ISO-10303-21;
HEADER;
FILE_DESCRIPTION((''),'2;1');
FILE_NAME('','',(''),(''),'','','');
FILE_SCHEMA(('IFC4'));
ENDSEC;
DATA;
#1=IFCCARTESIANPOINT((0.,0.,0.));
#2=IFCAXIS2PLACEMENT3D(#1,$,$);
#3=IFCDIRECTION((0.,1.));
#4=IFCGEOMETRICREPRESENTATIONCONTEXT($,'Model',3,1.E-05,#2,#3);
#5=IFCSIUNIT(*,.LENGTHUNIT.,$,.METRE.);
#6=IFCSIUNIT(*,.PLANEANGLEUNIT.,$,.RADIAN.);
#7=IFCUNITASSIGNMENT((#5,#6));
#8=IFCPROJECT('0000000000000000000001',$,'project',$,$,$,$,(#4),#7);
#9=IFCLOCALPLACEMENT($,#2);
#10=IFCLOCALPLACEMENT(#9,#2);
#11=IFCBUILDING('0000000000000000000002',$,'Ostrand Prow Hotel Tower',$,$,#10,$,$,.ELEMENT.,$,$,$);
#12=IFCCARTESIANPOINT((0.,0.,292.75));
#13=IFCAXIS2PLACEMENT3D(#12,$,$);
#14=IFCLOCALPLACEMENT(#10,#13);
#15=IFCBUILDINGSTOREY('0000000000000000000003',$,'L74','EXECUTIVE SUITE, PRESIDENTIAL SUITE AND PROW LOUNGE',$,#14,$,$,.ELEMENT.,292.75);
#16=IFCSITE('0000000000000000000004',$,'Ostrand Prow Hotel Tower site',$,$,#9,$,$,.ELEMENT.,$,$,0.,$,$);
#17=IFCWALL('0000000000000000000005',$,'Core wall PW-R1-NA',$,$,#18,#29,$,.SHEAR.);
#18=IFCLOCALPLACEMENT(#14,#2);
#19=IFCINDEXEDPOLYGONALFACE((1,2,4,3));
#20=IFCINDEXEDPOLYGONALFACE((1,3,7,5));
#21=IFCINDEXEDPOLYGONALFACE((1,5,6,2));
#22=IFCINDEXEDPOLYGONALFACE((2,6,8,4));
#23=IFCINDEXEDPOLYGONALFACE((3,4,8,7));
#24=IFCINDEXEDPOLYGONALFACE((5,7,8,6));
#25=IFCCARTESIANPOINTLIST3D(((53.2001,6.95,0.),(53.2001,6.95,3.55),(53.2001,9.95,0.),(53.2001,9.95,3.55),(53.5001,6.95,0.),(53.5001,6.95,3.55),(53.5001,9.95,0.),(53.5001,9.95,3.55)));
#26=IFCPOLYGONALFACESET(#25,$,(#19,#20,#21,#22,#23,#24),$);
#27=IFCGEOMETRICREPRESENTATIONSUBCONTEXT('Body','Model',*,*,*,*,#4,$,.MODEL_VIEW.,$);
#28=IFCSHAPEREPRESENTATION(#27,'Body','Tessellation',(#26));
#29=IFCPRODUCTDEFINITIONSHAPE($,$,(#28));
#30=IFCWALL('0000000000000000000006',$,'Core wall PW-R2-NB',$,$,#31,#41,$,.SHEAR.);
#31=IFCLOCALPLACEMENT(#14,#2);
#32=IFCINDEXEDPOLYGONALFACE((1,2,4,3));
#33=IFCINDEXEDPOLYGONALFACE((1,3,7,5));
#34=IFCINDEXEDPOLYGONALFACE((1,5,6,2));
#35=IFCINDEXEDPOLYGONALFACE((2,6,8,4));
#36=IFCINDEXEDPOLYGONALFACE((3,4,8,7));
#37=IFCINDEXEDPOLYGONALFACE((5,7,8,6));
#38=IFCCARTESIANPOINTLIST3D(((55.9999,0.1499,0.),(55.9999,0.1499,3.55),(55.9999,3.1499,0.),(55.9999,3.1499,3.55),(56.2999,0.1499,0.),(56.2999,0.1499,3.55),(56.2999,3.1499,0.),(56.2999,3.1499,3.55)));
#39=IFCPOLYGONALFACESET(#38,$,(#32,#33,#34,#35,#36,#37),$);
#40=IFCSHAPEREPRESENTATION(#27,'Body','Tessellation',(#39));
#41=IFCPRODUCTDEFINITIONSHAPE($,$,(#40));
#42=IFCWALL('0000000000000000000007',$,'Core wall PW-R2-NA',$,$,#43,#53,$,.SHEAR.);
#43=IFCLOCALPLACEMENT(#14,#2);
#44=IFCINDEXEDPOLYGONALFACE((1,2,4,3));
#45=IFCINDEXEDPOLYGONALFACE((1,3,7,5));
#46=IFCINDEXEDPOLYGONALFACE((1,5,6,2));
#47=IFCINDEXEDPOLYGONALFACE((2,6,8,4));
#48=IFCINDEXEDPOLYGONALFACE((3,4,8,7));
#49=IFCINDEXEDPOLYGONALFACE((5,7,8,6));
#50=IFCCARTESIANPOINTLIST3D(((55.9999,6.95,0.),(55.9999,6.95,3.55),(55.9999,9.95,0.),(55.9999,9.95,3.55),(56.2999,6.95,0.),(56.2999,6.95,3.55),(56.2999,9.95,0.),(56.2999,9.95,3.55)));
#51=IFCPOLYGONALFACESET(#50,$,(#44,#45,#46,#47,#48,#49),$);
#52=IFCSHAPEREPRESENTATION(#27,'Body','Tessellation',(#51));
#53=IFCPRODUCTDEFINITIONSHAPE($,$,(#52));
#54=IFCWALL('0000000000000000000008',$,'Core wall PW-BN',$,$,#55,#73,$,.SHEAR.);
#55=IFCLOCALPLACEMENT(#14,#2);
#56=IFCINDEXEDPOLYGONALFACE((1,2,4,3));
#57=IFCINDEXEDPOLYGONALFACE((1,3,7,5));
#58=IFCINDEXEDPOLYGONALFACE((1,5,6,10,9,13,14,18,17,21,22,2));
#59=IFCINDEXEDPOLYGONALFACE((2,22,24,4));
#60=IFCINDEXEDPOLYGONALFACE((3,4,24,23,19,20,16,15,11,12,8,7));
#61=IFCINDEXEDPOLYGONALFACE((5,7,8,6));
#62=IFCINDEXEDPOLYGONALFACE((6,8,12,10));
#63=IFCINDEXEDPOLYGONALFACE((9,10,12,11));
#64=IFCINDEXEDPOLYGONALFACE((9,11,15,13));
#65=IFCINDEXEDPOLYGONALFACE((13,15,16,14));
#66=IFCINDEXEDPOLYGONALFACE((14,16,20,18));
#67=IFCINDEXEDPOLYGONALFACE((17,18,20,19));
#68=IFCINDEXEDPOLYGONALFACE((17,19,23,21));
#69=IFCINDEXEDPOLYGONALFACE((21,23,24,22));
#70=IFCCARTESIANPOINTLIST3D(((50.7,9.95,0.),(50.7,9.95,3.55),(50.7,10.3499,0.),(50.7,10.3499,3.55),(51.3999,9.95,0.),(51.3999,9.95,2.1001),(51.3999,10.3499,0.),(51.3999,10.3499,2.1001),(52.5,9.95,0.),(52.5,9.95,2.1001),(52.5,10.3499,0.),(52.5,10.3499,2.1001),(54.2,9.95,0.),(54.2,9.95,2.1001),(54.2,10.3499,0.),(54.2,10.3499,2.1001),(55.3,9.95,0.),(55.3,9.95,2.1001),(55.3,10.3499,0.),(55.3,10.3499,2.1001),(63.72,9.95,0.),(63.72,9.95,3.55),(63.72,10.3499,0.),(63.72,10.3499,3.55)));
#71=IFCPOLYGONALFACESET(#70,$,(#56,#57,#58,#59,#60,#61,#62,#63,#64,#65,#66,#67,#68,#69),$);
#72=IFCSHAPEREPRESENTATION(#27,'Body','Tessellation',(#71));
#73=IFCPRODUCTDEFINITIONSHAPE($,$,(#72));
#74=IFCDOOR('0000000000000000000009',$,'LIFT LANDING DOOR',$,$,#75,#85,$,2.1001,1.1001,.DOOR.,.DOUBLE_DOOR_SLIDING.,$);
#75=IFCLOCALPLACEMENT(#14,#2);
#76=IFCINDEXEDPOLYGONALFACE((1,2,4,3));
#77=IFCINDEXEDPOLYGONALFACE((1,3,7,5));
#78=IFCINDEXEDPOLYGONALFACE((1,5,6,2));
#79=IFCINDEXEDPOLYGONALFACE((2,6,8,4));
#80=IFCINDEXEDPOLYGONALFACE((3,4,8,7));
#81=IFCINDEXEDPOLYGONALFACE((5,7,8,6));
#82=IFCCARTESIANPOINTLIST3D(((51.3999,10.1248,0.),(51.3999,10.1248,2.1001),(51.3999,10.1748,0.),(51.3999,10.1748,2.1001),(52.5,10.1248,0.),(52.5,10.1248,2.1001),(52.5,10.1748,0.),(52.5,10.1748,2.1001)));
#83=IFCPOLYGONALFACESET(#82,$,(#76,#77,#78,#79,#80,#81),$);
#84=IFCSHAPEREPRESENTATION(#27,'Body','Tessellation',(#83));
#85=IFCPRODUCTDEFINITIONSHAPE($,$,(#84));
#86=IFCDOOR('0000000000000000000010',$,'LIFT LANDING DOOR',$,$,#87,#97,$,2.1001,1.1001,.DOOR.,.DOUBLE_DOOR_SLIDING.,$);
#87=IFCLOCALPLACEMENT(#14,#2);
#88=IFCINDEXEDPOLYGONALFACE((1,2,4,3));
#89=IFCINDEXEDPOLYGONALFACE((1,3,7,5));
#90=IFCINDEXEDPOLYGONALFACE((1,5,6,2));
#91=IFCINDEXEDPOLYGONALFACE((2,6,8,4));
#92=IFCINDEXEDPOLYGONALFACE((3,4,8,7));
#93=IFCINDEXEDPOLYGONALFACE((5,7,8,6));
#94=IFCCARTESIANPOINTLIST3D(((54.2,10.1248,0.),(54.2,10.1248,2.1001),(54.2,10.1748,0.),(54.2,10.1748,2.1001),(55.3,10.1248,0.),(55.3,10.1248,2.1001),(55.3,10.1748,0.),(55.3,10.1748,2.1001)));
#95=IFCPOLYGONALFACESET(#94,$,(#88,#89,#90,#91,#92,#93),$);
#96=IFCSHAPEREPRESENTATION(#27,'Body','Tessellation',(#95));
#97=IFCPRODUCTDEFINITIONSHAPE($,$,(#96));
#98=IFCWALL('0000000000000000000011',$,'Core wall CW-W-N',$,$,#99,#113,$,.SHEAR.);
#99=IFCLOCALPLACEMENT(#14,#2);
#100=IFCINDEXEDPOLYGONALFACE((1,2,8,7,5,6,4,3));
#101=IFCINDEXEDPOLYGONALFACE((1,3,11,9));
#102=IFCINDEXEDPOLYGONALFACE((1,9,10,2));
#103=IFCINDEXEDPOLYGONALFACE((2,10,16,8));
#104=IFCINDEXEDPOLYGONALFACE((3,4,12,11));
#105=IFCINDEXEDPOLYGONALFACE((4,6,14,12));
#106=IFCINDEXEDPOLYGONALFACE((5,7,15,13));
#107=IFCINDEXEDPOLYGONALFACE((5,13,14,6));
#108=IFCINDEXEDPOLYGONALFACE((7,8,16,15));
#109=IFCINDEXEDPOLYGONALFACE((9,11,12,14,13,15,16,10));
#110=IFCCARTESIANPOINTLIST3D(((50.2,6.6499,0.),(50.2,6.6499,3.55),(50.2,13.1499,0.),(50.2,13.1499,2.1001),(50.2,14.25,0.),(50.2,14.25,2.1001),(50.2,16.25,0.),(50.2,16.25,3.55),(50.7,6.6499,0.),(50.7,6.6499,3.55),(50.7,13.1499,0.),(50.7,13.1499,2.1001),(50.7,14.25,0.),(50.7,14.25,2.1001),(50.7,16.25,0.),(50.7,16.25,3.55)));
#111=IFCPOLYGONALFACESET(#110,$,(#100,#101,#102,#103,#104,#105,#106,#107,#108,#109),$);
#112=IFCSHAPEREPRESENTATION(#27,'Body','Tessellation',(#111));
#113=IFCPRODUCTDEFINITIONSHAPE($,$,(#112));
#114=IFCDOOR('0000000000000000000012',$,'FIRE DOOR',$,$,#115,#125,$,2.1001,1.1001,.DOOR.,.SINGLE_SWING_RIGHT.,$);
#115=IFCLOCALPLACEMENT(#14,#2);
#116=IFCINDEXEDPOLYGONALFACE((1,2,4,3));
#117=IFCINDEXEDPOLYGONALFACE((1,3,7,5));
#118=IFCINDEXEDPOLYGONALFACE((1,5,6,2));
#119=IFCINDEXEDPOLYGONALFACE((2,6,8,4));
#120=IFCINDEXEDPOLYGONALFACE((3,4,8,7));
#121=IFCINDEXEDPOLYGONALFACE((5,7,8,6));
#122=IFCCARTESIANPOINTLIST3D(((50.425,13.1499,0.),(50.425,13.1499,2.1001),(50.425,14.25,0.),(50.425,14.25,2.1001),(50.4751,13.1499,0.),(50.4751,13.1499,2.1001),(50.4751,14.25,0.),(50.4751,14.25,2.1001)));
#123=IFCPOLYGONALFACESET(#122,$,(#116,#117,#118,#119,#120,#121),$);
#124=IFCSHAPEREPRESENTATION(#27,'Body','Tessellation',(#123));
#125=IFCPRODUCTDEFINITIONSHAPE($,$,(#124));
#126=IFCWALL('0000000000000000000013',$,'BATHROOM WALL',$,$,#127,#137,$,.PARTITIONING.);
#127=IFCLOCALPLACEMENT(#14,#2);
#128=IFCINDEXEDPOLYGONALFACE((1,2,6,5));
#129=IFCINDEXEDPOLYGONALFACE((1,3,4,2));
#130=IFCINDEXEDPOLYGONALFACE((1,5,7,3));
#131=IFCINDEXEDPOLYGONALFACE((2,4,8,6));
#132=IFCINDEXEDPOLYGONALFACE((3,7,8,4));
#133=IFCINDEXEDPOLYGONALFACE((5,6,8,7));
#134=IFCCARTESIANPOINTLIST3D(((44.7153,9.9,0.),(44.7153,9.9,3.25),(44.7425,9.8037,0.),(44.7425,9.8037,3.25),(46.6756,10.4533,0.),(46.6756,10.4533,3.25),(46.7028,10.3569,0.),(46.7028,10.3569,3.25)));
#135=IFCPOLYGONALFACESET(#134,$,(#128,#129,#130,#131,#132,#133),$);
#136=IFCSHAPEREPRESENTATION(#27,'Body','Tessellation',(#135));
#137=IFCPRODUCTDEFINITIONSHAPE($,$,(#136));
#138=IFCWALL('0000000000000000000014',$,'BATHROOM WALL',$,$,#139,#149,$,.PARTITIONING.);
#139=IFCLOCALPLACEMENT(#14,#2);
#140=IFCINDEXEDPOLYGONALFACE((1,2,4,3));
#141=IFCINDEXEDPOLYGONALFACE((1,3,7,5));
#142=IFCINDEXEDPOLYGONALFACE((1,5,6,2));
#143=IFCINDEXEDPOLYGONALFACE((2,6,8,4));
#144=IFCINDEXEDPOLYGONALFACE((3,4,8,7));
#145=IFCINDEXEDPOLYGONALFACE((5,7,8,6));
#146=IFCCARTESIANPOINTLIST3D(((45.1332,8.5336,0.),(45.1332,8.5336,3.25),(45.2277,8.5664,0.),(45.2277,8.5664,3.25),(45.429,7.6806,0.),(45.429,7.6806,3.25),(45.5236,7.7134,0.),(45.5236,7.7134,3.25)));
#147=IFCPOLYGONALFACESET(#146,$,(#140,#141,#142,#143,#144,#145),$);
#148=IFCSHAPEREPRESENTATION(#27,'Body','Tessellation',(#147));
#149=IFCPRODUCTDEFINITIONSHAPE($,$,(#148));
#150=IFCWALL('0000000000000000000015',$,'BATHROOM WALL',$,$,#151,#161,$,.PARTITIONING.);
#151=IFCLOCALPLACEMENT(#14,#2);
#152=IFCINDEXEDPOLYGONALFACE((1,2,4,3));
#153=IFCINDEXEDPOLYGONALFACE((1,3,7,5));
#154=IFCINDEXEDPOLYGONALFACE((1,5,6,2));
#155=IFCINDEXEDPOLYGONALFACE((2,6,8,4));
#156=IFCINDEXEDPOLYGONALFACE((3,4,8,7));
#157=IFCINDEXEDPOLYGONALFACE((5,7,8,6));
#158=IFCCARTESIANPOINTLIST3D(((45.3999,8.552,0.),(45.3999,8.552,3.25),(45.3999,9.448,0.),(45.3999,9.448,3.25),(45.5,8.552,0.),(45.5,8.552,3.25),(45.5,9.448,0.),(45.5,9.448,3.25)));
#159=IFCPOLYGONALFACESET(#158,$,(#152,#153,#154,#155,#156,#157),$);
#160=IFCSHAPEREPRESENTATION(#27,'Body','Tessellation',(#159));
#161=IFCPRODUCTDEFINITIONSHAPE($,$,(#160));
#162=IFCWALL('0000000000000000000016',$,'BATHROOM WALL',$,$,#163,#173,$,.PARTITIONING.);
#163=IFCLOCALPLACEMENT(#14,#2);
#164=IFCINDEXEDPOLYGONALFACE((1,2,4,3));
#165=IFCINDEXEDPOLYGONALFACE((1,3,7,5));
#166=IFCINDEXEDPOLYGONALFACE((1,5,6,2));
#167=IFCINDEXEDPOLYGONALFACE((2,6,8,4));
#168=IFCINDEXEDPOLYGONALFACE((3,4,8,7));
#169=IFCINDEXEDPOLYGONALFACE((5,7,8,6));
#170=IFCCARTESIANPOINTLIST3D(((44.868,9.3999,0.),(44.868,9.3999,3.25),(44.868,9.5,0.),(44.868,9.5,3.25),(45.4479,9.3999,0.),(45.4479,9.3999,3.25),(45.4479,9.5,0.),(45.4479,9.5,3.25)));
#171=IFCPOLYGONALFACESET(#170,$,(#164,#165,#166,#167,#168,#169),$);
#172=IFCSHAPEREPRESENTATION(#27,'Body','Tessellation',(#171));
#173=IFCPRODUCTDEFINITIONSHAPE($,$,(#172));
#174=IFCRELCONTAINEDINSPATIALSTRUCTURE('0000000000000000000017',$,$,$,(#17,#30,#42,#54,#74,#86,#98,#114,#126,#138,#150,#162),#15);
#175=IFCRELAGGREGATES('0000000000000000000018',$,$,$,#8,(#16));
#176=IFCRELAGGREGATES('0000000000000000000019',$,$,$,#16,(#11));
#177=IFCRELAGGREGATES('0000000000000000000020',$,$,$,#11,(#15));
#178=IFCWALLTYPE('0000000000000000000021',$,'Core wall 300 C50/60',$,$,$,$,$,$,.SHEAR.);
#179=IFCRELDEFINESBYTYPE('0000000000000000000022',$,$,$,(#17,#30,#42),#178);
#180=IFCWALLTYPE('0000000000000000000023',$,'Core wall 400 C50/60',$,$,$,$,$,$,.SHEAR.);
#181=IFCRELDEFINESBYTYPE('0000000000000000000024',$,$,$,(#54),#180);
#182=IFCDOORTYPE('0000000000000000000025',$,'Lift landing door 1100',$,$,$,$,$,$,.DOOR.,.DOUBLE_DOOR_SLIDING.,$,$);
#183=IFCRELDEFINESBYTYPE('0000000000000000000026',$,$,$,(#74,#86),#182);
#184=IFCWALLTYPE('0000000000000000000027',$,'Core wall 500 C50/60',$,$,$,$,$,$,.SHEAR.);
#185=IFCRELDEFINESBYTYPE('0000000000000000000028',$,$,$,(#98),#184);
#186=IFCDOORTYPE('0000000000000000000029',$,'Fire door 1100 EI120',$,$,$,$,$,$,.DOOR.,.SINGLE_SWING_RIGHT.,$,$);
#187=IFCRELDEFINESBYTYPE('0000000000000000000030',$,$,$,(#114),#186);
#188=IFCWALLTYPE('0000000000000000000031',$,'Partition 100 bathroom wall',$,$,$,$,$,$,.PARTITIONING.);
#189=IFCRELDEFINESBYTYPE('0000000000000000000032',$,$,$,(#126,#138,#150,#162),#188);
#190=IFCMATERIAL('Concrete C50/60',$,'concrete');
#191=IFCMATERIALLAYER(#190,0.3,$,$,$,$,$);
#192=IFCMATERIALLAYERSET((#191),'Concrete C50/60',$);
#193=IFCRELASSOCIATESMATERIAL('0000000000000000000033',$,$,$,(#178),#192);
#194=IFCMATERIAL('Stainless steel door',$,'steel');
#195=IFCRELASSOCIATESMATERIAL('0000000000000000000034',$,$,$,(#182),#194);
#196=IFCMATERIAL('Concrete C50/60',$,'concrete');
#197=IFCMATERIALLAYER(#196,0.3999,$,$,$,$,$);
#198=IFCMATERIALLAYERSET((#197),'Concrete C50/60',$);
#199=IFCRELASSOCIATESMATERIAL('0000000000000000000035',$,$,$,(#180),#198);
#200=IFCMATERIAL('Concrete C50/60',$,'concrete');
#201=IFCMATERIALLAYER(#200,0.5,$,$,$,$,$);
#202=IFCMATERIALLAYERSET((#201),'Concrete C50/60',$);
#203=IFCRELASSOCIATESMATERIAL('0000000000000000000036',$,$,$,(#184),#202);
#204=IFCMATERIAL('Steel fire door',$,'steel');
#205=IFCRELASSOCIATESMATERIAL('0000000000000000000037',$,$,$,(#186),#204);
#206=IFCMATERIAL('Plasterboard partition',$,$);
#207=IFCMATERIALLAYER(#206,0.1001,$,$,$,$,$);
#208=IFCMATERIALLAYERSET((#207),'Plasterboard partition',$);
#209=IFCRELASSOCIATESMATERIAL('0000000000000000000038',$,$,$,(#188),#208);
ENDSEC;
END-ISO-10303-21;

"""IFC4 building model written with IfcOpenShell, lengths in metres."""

from ifc_helpers import new_model, si_unit, direction, frame, frame_2d, origin, place, context, subcontext, project, spatial, rectangle, extrude, material, layer, layer_set, type_object, element, fill, save


model = new_model("IFC4")

# Units and contexts
model_context = context("Model", 3, precision=1e-05, world=origin(), true_north=direction((0.0, 1.0)))
body_context = subcontext(model_context, "Body", "Model", "MODEL_VIEW")
ifc_project = project(units=[si_unit("LENGTHUNIT", "METRE"), si_unit("PLANEANGLEUNIT", "RADIAN")], contexts=[model_context])

# Site, building, storey
site_placement = place(None, origin())
site = spatial("IfcSite", under=ifc_project, at=site_placement, Name="Ostrand Prow Hotel Tower site", CompositionType="ELEMENT", RefElevation=0.0)
building_placement = place(site_placement, origin())
building = spatial("IfcBuilding", under=site, at=building_placement, Name="Ostrand Prow Hotel Tower", CompositionType="ELEMENT")
storey_placement = place(building_placement, frame((0.0, 0.0, 292.75)))
storey = spatial("IfcBuildingStorey", under=building, at=storey_placement, Name="L74", Description="EXECUTIVE SUITE, PRESIDENTIAL SUITE AND PROW LOUNGE", CompositionType="ELEMENT", Elevation=292.75)

# Shared definitions
ifc_material_1 = material(Name="Concrete C50/60", Category="concrete")
ifc_layer_1 = layer(ifc_material_1, 0.3)
ifc_layer_set_1 = layer_set([ifc_layer_1], Name="Concrete C50/60")
wall_type_1 = type_object("IfcWallType", Name="Core wall 300 C50/60", PredefinedType="SHEAR", material=ifc_layer_set_1)
ifc_material_2 = material(Name="Stainless steel door", Category="steel")
door_type_1 = type_object("IfcDoorType", Name="Lift landing door 1100", OperationType="DOUBLE_DOOR_SLIDING", PredefinedType="DOOR", material=ifc_material_2)

# Walls
for number, where, z_axis, x_axis, name in (
    (1, (53.3501, 6.95, 0.0), (0.0, 0.0, 1.0), (0.0, 1.0, 0.0), "Core wall PW-R1-NA"),
    (2, (56.1499, 0.1499, 0.0), (0.0, 0.0, 1.0), (0.0, 1.0, 0.0), "Core wall PW-R2-NB"),
    (3, (56.1499, 6.95, 0.0), (0.0, 0.0, 1.0), (0.0, 1.0, 0.0), "Core wall PW-R2-NA"),
):
    element("IfcWall", number, at=place(storey_placement, frame(where, z_axis=z_axis, x_axis=x_axis)), inside=storey, type_object=wall_type_1, Name=name, PredefinedType="SHEAR", context=body_context, shape_type="SweptSolid", body=[
        extrude(rectangle(XDim=3.0, YDim=0.3, at=frame_2d((1.5, 0.0))), origin(), (0.0, 0.0, 1.0), 3.55),
    ])

# Wall, openings, doors
ifc_material_3 = material(Name="Concrete C50/60", Category="concrete")
ifc_layer_2 = layer(ifc_material_3, 0.3999)
ifc_layer_set_2 = layer_set([ifc_layer_2], Name="Concrete C50/60")
wall_type_2 = type_object("IfcWallType", Name="Core wall 400 C50/60", PredefinedType="SHEAR", material=ifc_layer_set_2)
wall_1_placement = place(storey_placement, frame((50.7, 10.1499, 0.0), z_axis=(0.0, 0.0, 1.0), x_axis=(1.0, 0.0, 0.0)))
wall_1 = element("IfcWall", 4, at=wall_1_placement, inside=storey, type_object=wall_type_2, Name="Core wall PW-BN", PredefinedType="SHEAR", context=body_context, shape_type="SweptSolid", body=[
    extrude(rectangle(XDim=13.02, YDim=0.3999, at=frame_2d((6.51, 0.0))), origin(), (0.0, 0.0, 1.0), 3.55),
])
opening_1_placement = place(wall_1_placement, frame((0.7, 0.0, 0.0)))
opening_1 = element("IfcOpeningElement", 5, at=opening_1_placement, cuts=wall_1, PredefinedType="OPENING", context=body_context, shape_type="SweptSolid", body=[
    extrude(rectangle(XDim=1.1001, YDim=2.1001, at=frame_2d((0.55, 1.05))), frame((0.0, 0.21, 0.0), z_axis=(0.0, -1.0, 0.0), x_axis=(1.0, 0.0, 0.0)), (0.0, 0.0, 1.0), 0.4199),
])
opening_2_placement = place(wall_1_placement, frame((3.5, 0.0, 0.0)))
opening_2 = element("IfcOpeningElement", 6, at=opening_2_placement, cuts=wall_1, PredefinedType="OPENING", context=body_context, shape_type="SweptSolid", body=[
    extrude(rectangle(XDim=1.1001, YDim=2.1001, at=frame_2d((0.55, 1.05))), frame((0.0, 0.21, 0.0), z_axis=(0.0, -1.0, 0.0), x_axis=(1.0, 0.0, 0.0)), (0.0, 0.0, 1.0), 0.4199),
])
door_1_placement = place(opening_1_placement, origin())
door_1 = element("IfcDoor", 7, at=door_1_placement, inside=storey, type_object=door_type_1, Name="LIFT LANDING DOOR", OperationType="DOUBLE_DOOR_SLIDING", OverallHeight=2.1001, OverallWidth=1.1001, PredefinedType="DOOR", context=body_context, shape_type="SweptSolid", body=[
    extrude(rectangle(XDim=1.1001, YDim=2.1001, at=frame_2d((0.55, 1.05))), frame((0.0, 0.0249, 0.0), z_axis=(0.0, -1.0, 0.0), x_axis=(1.0, 0.0, 0.0)), (0.0, 0.0, 1.0), 0.05),
])
fill(opening_1, door_1)
door_2_placement = place(opening_2_placement, origin())
door_2 = element("IfcDoor", 8, at=door_2_placement, inside=storey, type_object=door_type_1, Name="LIFT LANDING DOOR", OperationType="DOUBLE_DOOR_SLIDING", OverallHeight=2.1001, OverallWidth=1.1001, PredefinedType="DOOR", context=body_context, shape_type="SweptSolid", body=[
    extrude(rectangle(XDim=1.1001, YDim=2.1001, at=frame_2d((0.55, 1.05))), frame((0.0, 0.0249, 0.0), z_axis=(0.0, -1.0, 0.0), x_axis=(1.0, 0.0, 0.0)), (0.0, 0.0, 1.0), 0.05),
])
fill(opening_2, door_2)

# Wall, opening, door
ifc_material_4 = material(Name="Concrete C50/60", Category="concrete")
ifc_layer_3 = layer(ifc_material_4, 0.5)
ifc_layer_set_3 = layer_set([ifc_layer_3], Name="Concrete C50/60")
wall_type_3 = type_object("IfcWallType", Name="Core wall 500 C50/60", PredefinedType="SHEAR", material=ifc_layer_set_3)
wall_2_placement = place(storey_placement, frame((50.45, 6.6499, 0.0), z_axis=(0.0, 0.0, 1.0), x_axis=(0.0, 1.0, 0.0)))
wall_2 = element("IfcWall", 9, at=wall_2_placement, inside=storey, type_object=wall_type_3, Name="Core wall CW-W-N", PredefinedType="SHEAR", context=body_context, shape_type="SweptSolid", body=[
    extrude(rectangle(XDim=9.6001, YDim=0.5, at=frame_2d((4.8, 0.0))), origin(), (0.0, 0.0, 1.0), 3.55),
])
opening_3_placement = place(wall_2_placement, frame((6.5, 0.0, 0.0)))
opening_3 = element("IfcOpeningElement", 10, at=opening_3_placement, cuts=wall_2, PredefinedType="OPENING", context=body_context, shape_type="SweptSolid", body=[
    extrude(rectangle(XDim=1.1001, YDim=2.1001, at=frame_2d((0.55, 1.05))), frame((0.0, 0.26, 0.0), z_axis=(0.0, -1.0, 0.0), x_axis=(1.0, 0.0, 0.0)), (0.0, 0.0, 1.0), 0.52),
])
ifc_material_5 = material(Name="Steel fire door", Category="steel")
door_type_2 = type_object("IfcDoorType", Name="Fire door 1100 EI120", OperationType="SINGLE_SWING_RIGHT", PredefinedType="DOOR", material=ifc_material_5)
door_3_placement = place(opening_3_placement, origin())
door_3 = element("IfcDoor", 11, at=door_3_placement, inside=storey, type_object=door_type_2, Name="FIRE DOOR", OperationType="SINGLE_SWING_RIGHT", OverallHeight=2.1001, OverallWidth=1.1001, PredefinedType="DOOR", context=body_context, shape_type="SweptSolid", body=[
    extrude(rectangle(XDim=1.1001, YDim=2.1001, at=frame_2d((0.55, 1.05))), frame((0.0, 0.0249, 0.0), z_axis=(0.0, -1.0, 0.0), x_axis=(1.0, 0.0, 0.0)), (0.0, 0.0, 1.0), 0.05),
])
fill(opening_3, door_3)

# Walls
ifc_material_6 = material(Name="Plasterboard partition")
ifc_layer_4 = layer(ifc_material_6, 0.1001)
ifc_layer_set_4 = layer_set([ifc_layer_4], Name="Plasterboard partition")
wall_type_4 = type_object("IfcWallType", Name="Partition 100 bathroom wall", PredefinedType="PARTITIONING", material=ifc_layer_set_4)
wall_3_placement = place(storey_placement, frame((44.7288, 9.8518, 0.0), z_axis=(0.0, 0.0, 1.0), x_axis=(0.962405, 0.271617, 0.0)))
element("IfcWall", 12, at=wall_3_placement, inside=storey, type_object=wall_type_4, Name="BATHROOM WALL", PredefinedType="PARTITIONING", context=body_context, shape_type="SweptSolid", body=[
    extrude(rectangle(XDim=2.0369, YDim=0.1001, at=frame_2d((1.0186, 0.0))), origin(), (0.0, 0.0, 1.0), 3.25),
])
wall_4_placement = place(storey_placement, frame((45.4763, 7.697, 0.0), z_axis=(0.0, 0.0, 1.0), x_axis=(-0.327723, 0.944774, 0.0)))
element("IfcWall", 13, at=wall_4_placement, inside=storey, type_object=wall_type_4, Name="BATHROOM WALL", PredefinedType="PARTITIONING", context=body_context, shape_type="SweptSolid", body=[
    extrude(rectangle(XDim=0.9028, YDim=0.1001, at=frame_2d((0.4514, 0.0))), origin(), (0.0, 0.0, 1.0), 3.25),
])
wall_5_placement = place(storey_placement, frame((45.45, 8.552, 0.0), z_axis=(0.0, 0.0, 1.0), x_axis=(0.0, 1.0, 0.0)))
element("IfcWall", 14, at=wall_5_placement, inside=storey, type_object=wall_type_4, Name="BATHROOM WALL", PredefinedType="PARTITIONING", context=body_context, shape_type="SweptSolid", body=[
    extrude(rectangle(XDim=0.896, YDim=0.1001, at=frame_2d((0.448, 0.0))), origin(), (0.0, 0.0, 1.0), 3.25),
])
wall_6_placement = place(storey_placement, frame((45.448, 9.45, 0.0), z_axis=(0.0, 0.0, 1.0), x_axis=(-1.0, 0.0, 0.0)))
element("IfcWall", 15, at=wall_6_placement, inside=storey, type_object=wall_type_4, Name="BATHROOM WALL", PredefinedType="PARTITIONING", context=body_context, shape_type="SweptSolid", body=[
    extrude(rectangle(XDim=0.5798, YDim=0.1001, at=frame_2d((0.29, 0.0))), origin(), (0.0, 0.0, 1.0), 3.25),
])

save(model, "model.ifc")
